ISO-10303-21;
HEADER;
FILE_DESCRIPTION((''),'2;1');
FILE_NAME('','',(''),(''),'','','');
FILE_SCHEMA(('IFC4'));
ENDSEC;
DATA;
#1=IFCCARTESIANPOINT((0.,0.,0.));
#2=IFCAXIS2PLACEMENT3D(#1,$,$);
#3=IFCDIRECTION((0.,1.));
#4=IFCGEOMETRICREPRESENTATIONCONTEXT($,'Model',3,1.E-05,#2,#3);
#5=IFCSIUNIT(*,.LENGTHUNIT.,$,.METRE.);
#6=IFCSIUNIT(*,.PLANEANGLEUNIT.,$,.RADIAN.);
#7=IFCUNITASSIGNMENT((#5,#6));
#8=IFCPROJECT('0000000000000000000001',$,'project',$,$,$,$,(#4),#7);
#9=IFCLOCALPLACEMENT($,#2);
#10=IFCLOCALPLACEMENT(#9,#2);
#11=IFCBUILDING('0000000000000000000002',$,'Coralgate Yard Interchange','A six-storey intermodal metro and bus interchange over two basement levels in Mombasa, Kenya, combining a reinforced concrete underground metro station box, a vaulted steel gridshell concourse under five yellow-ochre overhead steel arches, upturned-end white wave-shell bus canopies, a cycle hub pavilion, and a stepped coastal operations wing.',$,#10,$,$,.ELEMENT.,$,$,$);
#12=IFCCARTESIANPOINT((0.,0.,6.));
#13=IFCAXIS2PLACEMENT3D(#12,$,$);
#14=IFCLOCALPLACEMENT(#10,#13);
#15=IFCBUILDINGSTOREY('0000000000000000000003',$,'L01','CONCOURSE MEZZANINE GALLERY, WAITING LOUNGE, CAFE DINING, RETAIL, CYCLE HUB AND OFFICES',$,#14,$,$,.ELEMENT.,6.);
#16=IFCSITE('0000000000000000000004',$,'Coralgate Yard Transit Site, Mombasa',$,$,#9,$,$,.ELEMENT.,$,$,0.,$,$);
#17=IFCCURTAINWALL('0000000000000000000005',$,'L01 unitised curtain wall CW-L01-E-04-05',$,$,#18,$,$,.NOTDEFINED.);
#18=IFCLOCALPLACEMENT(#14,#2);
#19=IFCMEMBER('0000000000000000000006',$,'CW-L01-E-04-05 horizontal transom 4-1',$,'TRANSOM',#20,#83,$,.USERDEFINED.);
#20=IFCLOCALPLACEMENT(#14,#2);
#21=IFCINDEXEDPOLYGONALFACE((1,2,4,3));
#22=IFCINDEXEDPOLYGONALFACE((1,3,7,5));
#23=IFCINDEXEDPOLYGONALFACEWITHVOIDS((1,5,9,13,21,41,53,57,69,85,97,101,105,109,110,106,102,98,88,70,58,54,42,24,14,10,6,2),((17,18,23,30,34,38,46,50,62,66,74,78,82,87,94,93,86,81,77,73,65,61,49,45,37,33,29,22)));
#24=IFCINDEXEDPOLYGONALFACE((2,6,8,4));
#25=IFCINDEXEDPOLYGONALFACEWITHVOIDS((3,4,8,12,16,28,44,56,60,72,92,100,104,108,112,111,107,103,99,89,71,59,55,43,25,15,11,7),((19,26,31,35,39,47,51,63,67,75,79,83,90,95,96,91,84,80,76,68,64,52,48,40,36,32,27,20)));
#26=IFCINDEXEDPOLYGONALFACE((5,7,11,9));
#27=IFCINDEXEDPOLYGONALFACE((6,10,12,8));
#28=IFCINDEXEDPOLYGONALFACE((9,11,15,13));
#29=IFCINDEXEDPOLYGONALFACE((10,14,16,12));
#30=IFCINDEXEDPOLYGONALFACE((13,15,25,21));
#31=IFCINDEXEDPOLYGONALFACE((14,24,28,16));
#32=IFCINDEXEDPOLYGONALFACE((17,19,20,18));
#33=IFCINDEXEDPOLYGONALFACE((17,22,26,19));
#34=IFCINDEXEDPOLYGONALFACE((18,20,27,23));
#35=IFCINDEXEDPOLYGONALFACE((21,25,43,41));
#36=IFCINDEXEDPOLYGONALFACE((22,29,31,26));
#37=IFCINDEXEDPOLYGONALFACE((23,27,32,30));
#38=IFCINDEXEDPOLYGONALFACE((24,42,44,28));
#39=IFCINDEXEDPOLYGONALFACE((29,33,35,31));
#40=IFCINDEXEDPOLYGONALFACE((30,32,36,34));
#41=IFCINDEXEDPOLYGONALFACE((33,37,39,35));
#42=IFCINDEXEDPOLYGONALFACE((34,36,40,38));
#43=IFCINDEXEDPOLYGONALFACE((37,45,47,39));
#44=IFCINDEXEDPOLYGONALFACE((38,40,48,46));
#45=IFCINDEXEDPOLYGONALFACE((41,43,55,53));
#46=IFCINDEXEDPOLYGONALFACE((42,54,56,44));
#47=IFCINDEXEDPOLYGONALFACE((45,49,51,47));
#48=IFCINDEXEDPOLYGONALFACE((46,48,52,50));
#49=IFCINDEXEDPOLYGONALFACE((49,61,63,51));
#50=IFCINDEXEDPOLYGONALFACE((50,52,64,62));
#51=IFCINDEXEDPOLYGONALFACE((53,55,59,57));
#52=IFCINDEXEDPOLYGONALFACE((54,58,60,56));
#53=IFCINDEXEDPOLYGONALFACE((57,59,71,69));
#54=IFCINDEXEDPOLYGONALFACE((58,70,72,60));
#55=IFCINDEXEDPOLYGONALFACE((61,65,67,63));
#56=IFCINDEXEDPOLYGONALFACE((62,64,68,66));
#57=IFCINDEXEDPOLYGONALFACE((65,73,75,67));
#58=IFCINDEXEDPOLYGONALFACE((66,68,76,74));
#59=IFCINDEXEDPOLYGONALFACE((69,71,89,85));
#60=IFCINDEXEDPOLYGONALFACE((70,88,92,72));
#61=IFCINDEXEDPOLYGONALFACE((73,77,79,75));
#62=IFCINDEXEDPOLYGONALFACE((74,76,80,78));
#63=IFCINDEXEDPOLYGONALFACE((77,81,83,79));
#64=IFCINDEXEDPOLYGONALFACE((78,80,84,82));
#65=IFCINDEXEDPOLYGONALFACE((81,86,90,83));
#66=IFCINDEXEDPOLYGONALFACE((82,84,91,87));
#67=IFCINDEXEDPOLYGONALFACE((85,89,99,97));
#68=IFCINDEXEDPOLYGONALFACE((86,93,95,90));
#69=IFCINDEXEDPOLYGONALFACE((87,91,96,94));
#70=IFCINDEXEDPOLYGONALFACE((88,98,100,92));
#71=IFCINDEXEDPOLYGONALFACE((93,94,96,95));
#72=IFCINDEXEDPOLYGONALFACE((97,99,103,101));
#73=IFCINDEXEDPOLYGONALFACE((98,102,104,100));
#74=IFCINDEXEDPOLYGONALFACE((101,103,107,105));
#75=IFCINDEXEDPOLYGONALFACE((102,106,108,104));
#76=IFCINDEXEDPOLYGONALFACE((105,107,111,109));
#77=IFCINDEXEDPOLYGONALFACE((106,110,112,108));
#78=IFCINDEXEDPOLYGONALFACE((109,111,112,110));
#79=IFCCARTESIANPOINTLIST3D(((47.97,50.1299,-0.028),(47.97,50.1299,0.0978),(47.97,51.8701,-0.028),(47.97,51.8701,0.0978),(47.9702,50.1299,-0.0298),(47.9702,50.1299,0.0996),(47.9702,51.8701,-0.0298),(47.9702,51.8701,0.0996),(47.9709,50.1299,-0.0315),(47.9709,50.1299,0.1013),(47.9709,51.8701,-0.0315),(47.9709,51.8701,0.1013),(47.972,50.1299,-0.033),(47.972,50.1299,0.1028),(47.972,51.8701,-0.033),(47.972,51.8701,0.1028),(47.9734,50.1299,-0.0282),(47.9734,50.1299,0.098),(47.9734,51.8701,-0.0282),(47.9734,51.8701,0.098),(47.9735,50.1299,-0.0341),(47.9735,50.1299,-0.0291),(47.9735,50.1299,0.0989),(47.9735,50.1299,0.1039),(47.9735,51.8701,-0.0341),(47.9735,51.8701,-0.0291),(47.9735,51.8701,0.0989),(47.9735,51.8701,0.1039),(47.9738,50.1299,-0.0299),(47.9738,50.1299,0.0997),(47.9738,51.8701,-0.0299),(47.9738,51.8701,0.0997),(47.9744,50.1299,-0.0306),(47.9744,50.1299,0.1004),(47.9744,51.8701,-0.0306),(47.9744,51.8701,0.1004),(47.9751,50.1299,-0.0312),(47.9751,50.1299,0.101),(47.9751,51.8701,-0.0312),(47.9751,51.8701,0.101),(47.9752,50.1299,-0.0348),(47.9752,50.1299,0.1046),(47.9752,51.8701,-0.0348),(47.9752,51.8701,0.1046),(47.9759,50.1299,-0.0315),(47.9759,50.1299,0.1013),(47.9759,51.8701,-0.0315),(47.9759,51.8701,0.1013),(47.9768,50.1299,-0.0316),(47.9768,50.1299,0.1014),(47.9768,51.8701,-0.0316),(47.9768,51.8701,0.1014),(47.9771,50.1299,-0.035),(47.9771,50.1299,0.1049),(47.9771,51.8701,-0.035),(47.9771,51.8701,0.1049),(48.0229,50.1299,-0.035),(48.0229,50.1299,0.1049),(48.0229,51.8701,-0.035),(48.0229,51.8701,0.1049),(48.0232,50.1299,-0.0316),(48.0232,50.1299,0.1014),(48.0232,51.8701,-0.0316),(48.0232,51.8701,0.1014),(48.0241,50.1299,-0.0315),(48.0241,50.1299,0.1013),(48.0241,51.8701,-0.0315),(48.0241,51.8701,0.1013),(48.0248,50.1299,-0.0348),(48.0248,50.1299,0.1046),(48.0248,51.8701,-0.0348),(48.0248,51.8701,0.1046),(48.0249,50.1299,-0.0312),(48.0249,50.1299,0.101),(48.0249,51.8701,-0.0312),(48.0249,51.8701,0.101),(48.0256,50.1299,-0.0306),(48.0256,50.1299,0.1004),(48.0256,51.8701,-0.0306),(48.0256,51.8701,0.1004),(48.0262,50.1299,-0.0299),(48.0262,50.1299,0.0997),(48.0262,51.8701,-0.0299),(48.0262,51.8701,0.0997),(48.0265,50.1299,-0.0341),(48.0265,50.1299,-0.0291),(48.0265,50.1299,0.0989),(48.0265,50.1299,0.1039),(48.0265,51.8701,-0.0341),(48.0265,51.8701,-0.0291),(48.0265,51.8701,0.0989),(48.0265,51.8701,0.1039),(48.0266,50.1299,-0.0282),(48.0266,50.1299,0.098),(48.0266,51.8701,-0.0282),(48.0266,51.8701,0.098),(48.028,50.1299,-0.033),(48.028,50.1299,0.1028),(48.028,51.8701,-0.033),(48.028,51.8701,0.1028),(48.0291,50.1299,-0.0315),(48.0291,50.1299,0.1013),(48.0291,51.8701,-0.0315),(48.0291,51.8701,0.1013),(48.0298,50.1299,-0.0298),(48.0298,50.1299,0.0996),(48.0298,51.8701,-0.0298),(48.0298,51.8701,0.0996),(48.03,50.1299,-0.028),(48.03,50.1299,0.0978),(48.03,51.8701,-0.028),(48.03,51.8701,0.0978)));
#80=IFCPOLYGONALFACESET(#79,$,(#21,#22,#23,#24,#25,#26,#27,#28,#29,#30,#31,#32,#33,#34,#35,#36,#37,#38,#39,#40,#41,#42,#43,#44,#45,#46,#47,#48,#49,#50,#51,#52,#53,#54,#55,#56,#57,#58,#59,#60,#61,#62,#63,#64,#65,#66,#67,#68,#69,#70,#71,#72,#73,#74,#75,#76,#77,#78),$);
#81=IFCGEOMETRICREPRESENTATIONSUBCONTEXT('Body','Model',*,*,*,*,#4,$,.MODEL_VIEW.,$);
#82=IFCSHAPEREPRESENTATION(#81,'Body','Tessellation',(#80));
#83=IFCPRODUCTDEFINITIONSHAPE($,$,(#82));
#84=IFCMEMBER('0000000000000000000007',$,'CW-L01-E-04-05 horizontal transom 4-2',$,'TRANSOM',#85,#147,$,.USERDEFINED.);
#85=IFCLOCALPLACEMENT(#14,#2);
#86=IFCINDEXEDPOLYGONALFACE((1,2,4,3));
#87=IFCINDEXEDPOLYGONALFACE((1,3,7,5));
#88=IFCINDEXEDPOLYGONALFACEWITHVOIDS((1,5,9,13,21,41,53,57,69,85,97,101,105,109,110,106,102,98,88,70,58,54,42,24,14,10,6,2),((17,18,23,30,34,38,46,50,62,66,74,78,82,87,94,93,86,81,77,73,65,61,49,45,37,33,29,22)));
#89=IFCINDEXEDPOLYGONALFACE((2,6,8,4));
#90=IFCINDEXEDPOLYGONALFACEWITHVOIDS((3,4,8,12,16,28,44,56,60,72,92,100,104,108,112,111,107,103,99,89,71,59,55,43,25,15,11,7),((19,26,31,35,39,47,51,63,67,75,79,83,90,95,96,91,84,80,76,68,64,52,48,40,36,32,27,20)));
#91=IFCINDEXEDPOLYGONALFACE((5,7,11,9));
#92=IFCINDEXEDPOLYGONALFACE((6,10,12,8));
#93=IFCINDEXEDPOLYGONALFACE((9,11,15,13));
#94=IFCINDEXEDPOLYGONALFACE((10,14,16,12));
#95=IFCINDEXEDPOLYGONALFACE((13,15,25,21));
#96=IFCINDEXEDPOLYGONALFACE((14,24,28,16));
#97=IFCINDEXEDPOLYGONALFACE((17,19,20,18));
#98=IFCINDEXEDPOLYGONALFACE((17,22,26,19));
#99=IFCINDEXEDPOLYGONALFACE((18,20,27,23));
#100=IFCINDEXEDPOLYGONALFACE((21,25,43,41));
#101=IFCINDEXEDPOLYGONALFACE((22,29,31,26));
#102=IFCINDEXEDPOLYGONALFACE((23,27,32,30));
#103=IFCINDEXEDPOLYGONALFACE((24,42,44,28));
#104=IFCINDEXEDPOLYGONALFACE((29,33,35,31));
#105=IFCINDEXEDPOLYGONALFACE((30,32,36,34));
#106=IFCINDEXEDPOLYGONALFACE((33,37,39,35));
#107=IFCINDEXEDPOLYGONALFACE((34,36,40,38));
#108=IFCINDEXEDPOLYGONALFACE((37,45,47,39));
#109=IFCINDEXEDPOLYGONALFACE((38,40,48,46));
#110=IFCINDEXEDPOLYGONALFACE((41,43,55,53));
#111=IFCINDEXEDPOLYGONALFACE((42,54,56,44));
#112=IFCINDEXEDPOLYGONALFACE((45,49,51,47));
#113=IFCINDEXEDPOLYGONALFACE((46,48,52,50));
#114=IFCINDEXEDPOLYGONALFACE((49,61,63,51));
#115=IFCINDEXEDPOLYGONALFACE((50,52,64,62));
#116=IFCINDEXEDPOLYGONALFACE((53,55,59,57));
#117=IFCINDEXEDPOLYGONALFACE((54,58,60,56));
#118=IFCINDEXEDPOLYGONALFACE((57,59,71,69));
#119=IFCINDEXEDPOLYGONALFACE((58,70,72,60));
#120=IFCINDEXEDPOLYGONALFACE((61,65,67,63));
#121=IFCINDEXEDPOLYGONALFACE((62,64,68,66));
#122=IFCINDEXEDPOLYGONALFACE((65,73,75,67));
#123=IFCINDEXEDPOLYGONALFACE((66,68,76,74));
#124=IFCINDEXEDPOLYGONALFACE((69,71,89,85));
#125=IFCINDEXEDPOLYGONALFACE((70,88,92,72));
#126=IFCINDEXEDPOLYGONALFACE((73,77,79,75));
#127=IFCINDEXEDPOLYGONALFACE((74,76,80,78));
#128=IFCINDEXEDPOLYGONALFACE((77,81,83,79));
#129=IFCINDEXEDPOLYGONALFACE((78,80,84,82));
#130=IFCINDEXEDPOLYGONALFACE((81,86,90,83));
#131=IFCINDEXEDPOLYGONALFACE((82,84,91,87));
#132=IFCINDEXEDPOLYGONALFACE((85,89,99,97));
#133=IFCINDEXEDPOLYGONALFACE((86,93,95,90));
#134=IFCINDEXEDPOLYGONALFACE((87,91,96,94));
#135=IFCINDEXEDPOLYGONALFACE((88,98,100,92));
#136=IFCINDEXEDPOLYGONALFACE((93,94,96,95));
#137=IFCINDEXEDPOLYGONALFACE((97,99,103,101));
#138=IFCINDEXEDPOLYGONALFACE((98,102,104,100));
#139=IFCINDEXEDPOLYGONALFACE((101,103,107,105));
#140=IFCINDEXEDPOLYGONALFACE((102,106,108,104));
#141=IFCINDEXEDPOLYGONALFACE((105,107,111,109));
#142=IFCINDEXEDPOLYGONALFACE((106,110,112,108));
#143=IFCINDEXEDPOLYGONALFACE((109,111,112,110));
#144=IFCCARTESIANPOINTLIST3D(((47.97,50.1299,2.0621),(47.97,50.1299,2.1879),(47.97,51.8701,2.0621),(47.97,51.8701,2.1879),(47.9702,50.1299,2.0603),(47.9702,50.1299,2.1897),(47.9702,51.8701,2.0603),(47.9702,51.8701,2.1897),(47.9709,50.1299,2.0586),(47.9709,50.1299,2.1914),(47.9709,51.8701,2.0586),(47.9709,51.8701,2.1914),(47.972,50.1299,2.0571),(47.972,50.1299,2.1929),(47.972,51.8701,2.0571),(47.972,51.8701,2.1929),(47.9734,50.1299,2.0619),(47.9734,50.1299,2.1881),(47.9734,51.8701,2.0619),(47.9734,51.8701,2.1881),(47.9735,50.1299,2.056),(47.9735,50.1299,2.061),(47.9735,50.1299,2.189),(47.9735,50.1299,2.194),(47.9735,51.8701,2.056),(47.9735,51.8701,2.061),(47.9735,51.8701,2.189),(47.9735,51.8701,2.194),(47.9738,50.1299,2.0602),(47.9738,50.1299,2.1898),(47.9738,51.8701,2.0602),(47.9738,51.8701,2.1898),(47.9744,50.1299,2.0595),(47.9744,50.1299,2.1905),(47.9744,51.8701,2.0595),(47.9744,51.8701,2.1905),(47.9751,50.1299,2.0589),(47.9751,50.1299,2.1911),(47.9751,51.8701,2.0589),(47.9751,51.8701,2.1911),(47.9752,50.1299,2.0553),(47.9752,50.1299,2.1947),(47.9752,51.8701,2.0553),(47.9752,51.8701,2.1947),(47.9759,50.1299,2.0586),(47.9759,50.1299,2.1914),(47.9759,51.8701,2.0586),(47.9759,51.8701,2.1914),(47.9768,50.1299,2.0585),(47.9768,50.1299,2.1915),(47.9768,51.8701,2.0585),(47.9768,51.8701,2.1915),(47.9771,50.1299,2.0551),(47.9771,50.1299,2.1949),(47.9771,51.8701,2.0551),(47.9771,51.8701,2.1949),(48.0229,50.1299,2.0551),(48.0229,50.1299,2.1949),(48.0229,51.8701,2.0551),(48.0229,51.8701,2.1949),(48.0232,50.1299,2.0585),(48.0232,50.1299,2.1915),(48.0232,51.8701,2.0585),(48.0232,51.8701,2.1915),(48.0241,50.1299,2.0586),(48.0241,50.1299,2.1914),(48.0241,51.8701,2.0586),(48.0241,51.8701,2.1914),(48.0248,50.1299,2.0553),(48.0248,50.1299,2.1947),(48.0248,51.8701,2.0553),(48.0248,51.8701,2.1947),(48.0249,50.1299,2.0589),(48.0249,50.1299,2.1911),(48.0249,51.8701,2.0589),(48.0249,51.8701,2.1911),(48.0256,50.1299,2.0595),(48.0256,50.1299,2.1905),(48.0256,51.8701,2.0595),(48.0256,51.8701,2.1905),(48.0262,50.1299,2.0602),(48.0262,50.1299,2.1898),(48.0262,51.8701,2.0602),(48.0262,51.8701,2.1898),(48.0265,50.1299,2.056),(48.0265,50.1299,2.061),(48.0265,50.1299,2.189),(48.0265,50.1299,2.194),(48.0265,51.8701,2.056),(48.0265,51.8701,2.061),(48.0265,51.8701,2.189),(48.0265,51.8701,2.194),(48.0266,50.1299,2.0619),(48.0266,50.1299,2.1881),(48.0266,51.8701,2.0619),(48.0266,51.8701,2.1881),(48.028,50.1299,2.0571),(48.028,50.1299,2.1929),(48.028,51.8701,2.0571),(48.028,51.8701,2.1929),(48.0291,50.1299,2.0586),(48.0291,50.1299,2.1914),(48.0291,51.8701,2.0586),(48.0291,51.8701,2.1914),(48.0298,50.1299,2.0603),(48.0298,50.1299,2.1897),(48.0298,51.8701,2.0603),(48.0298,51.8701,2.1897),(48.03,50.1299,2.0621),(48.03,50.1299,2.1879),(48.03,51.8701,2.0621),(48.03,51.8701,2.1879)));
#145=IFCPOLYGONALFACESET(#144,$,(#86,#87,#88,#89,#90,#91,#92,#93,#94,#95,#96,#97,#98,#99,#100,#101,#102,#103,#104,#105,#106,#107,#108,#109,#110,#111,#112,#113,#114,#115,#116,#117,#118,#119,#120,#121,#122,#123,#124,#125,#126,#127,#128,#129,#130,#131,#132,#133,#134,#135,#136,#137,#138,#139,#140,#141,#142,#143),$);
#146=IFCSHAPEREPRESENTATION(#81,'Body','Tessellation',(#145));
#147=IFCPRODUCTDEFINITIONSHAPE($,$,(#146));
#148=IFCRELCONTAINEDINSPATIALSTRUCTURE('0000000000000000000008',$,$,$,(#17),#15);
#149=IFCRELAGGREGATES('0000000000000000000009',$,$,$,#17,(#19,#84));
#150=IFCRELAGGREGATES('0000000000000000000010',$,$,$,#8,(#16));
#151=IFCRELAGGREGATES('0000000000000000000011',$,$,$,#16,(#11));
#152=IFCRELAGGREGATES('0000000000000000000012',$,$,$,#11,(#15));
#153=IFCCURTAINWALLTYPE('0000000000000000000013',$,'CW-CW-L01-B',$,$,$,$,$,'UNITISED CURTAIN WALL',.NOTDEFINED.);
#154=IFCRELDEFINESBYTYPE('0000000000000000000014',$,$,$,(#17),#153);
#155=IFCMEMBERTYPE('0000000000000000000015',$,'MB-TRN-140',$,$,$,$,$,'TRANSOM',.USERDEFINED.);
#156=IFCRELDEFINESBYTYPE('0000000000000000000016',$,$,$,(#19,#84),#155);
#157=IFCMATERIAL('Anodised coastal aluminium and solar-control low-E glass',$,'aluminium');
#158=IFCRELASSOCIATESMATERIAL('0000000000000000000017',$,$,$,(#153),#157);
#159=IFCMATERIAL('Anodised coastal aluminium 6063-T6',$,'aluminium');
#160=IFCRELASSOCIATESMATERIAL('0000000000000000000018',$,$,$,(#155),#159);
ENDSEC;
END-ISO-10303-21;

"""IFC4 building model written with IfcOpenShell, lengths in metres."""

from ifc_helpers import new_model, si_unit, direction, frame, origin, origin_2d, place, context, subcontext, project, spatial, hollow_rectangle, extrude, material, material_profile, profile_set, type_object, element, aggregate, save


model = new_model("IFC4")

# Units and contexts
model_context = context("Model", 3, precision=1e-05, world=origin(), true_north=direction((0.0, 1.0)))
body_context = subcontext(model_context, "Body", "Model", "MODEL_VIEW")
ifc_project = project(units=[si_unit("LENGTHUNIT", "METRE"), si_unit("PLANEANGLEUNIT", "RADIAN")], contexts=[model_context])

# Site, building, storey
site_placement = place(None, origin())
site = spatial("IfcSite", under=ifc_project, at=site_placement, Name="Coralgate Yard Transit Site, Mombasa", CompositionType="ELEMENT", RefElevation=0.0)
building_placement = place(site_placement, origin())
building = spatial("IfcBuilding", under=site, at=building_placement, Name="Coralgate Yard Interchange", Description="A six-storey intermodal metro and bus interchange over two basement levels in Mombasa, Kenya, combining a reinforced concrete underground metro station box, a vaulted steel gridshell concourse under five yellow-ochre overhead steel arches, upturned-end white wave-shell bus canopies, a cycle hub pavilion, and a stepped coastal operations wing.", CompositionType="ELEMENT")
storey_placement = place(building_placement, frame((0.0, 0.0, 6.0)))
storey = spatial("IfcBuildingStorey", under=building, at=storey_placement, Name="L01", Description="CONCOURSE MEZZANINE GALLERY, WAITING LOUNGE, CAFE DINING, RETAIL, CYCLE HUB AND OFFICES", CompositionType="ELEMENT", Elevation=6.0)

# Curtain wall, members
ifc_material_1 = material(Name="Anodised coastal aluminium and solar-control low-E glass", Category="aluminium")
curtain_wall_type = type_object("IfcCurtainWallType", Name="CW-CW-L01-B", ElementType="UNITISED CURTAIN WALL", PredefinedType="NOTDEFINED", material=ifc_material_1)
curtain_wall_placement = place(storey_placement, origin())
curtain_wall = element("IfcCurtainWall", 1, at=curtain_wall_placement, inside=storey, type_object=curtain_wall_type, Name="L01 unitised curtain wall CW-L01-E-04-05", PredefinedType="NOTDEFINED")
ifc_material_2 = material(Name="Anodised coastal aluminium 6063-T6", Category="aluminium")
ifc_material_profile_1 = material_profile(ifc_material_2, hollow_rectangle(XDim=0.0601, YDim=0.1399, WallThickness=0.0034, InnerFilletRadius=0.0034, OuterFilletRadius=0.0071, at=origin_2d()), Name="ALU 60x140x3.5")
ifc_profile_set_1 = profile_set([ifc_material_profile_1], Name="Anodised coastal aluminium 6063-T6")
member_type_1 = type_object("IfcMemberType", Name="MB-TRN-140", ElementType="TRANSOM", PredefinedType="USERDEFINED", material=ifc_profile_set_1)
member_1_placement = place(storey_placement, frame((48.0, 51.8701, 0.0349), z_axis=(0.0, -1.0, 0.0), x_axis=(1.0, 0.0, 0.0)))
member_1 = element("IfcMember", 2, at=member_1_placement, type_object=member_type_1, Name="CW-L01-E-04-05 horizontal transom 4-1", ObjectType="TRANSOM", PredefinedType="USERDEFINED", context=body_context, shape_type="SweptSolid", body=[
    extrude(hollow_rectangle(XDim=0.0601, YDim=0.1399, WallThickness=0.0034, InnerFilletRadius=0.0034, OuterFilletRadius=0.0071, at=origin_2d()), origin(), (0.0, 0.0, 1.0), 1.7402),
])
member_2_placement = place(storey_placement, frame((48.0, 51.8701, 2.125), z_axis=(0.0, -1.0, 0.0), x_axis=(1.0, 0.0, 0.0)))
member_2 = element("IfcMember", 3, at=member_2_placement, type_object=member_type_1, Name="CW-L01-E-04-05 horizontal transom 4-2", ObjectType="TRANSOM", PredefinedType="USERDEFINED", context=body_context, shape_type="SweptSolid", body=[
    extrude(hollow_rectangle(XDim=0.0601, YDim=0.1399, WallThickness=0.0034, InnerFilletRadius=0.0034, OuterFilletRadius=0.0071, at=origin_2d()), origin(), (0.0, 0.0, 1.0), 1.7402),
])
aggregate(curtain_wall, [member_1, member_2])

save(model, "model.ifc")
